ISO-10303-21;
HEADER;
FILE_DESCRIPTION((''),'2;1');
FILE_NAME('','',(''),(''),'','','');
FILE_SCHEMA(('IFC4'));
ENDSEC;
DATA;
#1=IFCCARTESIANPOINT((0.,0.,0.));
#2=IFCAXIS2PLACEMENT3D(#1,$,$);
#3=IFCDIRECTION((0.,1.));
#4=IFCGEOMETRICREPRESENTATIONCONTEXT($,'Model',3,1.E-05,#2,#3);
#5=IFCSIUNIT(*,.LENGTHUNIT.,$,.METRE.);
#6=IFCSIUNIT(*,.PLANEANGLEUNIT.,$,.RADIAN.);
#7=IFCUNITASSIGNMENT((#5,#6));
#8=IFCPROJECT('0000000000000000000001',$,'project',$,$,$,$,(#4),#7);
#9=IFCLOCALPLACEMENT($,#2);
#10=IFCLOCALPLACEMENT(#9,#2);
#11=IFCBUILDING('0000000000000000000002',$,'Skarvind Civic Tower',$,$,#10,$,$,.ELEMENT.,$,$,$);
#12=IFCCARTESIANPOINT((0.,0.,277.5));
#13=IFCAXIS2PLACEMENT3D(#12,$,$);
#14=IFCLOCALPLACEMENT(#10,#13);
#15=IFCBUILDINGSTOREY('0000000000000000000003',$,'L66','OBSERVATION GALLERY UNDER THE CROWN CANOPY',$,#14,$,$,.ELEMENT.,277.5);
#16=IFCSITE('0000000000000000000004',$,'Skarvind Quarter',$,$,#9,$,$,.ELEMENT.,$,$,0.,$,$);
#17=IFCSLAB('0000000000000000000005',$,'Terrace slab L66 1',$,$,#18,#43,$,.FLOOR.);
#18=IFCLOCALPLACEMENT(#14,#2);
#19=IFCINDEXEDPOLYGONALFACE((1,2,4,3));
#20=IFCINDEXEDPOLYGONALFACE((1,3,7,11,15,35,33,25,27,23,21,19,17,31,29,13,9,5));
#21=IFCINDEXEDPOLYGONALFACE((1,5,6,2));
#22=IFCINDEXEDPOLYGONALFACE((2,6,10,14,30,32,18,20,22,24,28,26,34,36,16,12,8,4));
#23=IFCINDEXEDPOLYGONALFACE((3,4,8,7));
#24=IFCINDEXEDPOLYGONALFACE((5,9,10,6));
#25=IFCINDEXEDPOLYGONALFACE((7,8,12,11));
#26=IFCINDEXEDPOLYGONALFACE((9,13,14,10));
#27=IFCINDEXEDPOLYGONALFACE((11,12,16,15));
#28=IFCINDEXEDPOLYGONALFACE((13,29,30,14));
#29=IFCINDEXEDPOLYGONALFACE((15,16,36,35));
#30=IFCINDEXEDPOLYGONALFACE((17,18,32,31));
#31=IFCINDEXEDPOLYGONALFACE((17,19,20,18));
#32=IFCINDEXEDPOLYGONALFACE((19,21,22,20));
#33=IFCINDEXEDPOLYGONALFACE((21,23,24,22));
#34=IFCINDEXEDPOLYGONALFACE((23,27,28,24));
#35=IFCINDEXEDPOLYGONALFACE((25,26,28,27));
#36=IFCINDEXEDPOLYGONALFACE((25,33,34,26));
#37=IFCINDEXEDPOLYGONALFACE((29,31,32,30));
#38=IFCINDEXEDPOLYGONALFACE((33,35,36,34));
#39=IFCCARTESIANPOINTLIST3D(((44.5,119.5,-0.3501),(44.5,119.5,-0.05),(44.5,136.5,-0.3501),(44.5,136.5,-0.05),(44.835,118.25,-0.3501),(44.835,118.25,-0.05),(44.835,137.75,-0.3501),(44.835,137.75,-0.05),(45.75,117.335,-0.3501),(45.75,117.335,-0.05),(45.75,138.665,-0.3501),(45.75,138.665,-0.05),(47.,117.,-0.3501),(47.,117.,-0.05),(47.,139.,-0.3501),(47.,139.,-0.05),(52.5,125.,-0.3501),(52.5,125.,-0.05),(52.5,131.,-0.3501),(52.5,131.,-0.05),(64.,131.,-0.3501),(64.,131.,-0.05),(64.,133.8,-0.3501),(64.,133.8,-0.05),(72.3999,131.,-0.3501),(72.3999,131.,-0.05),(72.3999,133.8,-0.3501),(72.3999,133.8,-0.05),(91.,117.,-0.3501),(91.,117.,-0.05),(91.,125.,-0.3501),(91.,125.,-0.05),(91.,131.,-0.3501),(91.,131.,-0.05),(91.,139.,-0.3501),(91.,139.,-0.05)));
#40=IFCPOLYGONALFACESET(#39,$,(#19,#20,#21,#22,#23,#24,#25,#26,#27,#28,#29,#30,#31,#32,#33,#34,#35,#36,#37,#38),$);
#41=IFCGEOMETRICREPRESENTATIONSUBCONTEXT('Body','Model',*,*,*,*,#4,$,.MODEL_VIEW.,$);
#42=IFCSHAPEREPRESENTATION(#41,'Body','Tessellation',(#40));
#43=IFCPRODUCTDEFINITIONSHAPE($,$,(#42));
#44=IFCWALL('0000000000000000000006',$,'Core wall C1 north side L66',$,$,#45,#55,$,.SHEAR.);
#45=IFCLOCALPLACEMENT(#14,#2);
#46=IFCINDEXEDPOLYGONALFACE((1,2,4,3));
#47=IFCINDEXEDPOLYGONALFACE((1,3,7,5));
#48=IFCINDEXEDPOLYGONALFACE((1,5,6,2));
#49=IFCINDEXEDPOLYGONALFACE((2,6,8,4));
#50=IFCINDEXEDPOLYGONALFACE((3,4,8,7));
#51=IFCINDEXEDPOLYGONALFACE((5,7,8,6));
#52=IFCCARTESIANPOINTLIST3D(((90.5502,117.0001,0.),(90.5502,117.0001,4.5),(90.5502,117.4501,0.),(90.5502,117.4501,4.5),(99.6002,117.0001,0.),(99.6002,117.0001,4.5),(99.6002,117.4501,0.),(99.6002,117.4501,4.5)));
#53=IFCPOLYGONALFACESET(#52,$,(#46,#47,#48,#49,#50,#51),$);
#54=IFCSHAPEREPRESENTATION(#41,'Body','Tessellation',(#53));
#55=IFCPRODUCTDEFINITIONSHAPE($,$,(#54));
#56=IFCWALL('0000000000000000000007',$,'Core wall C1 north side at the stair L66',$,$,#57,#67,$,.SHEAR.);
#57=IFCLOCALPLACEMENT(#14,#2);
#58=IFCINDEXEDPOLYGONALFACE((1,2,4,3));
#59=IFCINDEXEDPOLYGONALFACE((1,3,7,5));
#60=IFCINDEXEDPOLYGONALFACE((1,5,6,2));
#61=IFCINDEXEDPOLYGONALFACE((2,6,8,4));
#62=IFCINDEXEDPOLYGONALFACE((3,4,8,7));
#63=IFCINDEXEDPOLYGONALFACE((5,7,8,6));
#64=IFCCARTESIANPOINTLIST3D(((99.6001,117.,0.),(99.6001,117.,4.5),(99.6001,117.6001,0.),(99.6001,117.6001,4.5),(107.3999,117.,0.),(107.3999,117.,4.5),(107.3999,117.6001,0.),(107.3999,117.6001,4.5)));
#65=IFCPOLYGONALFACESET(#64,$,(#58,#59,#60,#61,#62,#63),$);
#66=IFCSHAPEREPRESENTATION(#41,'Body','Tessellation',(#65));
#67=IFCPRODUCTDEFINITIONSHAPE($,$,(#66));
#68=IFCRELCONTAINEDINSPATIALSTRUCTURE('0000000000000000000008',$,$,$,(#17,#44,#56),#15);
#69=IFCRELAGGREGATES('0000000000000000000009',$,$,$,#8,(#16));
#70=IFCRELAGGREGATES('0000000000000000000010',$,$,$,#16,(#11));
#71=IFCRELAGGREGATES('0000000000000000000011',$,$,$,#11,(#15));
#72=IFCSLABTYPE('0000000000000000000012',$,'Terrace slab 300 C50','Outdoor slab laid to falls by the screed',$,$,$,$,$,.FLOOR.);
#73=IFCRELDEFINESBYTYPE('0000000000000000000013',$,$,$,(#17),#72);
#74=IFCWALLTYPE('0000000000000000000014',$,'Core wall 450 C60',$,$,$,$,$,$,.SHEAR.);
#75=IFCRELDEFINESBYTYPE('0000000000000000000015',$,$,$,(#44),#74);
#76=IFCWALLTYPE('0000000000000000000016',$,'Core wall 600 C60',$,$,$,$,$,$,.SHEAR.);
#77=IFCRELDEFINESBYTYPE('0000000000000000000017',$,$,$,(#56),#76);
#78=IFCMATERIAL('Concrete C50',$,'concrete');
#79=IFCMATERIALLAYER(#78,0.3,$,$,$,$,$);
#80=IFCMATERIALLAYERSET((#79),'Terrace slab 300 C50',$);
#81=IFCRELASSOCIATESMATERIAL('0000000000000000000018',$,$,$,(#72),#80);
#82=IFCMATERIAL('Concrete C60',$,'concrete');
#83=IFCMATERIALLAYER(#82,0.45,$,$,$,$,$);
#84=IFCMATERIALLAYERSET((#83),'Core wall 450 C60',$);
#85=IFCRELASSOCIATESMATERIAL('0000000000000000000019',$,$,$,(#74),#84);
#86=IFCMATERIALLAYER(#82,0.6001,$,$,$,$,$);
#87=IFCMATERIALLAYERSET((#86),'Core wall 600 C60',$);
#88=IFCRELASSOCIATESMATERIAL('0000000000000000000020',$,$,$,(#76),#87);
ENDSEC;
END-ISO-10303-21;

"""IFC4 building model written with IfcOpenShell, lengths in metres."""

from ifc_helpers import new_model, si_unit, direction, frame, frame_2d, origin, place, context, subcontext, project, spatial, polyline, rectangle, outline, extrude, material, layer, layer_set, type_object, element, save


model = new_model("IFC4")

# Units and contexts
model_context = context("Model", 3, precision=1e-05, world=origin(), true_north=direction((0.0, 1.0)))
body_context = subcontext(model_context, "Body", "Model", "MODEL_VIEW")
ifc_project = project(units=[si_unit("LENGTHUNIT", "METRE"), si_unit("PLANEANGLEUNIT", "RADIAN")], contexts=[model_context])

# Site, building, storey
site_placement = place(None, origin())
site = spatial("IfcSite", under=ifc_project, at=site_placement, Name="Skarvind Quarter", CompositionType="ELEMENT", RefElevation=0.0)
building_placement = place(site_placement, origin())
building = spatial("IfcBuilding", under=site, at=building_placement, Name="Skarvind Civic Tower", CompositionType="ELEMENT")
storey_placement = place(building_placement, frame((0.0, 0.0, 277.5)))
storey = spatial("IfcBuildingStorey", under=building, at=storey_placement, Name="L66", Description="OBSERVATION GALLERY UNDER THE CROWN CANOPY", CompositionType="ELEMENT", Elevation=277.5)

# Shared definitions
ifc_material_1 = material(Name="Concrete C60", Category="concrete")

# Shared definitions
ifc_material_2 = material(Name="Concrete C50", Category="concrete")

# Slab
ifc_layer_1 = layer(ifc_material_2, 0.3)
ifc_layer_set_1 = layer_set([ifc_layer_1], Name="Terrace slab 300 C50")
slab_type_1 = type_object("IfcSlabType", Name="Terrace slab 300 C50", Description="Outdoor slab laid to falls by the screed", PredefinedType="FLOOR", material=ifc_layer_set_1)
slab_1_placement = place(storey_placement, frame((0.0, 0.0, -0.3501)))
element("IfcSlab", 1, at=slab_1_placement, inside=storey, type_object=slab_type_1, Name="Terrace slab L66 1", PredefinedType="FLOOR", context=body_context, shape_type="SweptSolid", body=[
    extrude(outline(polyline([(44.835, 118.25), (45.75, 117.335), (47.0, 117.0), (91.0, 117.0), (91.0, 125.0), (52.5, 125.0), (52.5, 131.0), (64.0, 131.0), (64.0, 133.8), (72.3999, 133.8), (72.3999, 131.0), (91.0, 131.0), (91.0, 139.0), (47.0, 139.0), (45.75, 138.665), (44.835, 137.75), (44.5, 136.5), (44.5, 119.5), (44.835, 118.25)])), origin(), (0.0, 0.0, 1.0), 0.3),
])

# Walls
ifc_layer_2 = layer(ifc_material_1, 0.45)
ifc_layer_set_2 = layer_set([ifc_layer_2], Name="Core wall 450 C60")
wall_type_1 = type_object("IfcWallType", Name="Core wall 450 C60", PredefinedType="SHEAR", material=ifc_layer_set_2)
wall_1_placement = place(storey_placement, frame((99.6001, 117.2251, 0.0), z_axis=(0.0, 0.0, 1.0), x_axis=(-1.0, 0.0, 0.0)))
element("IfcWall", 2, at=wall_1_placement, inside=storey, type_object=wall_type_1, Name="Core wall C1 north side L66", PredefinedType="SHEAR", context=body_context, shape_type="SweptSolid", body=[
    extrude(rectangle(XDim=9.05, YDim=0.45, at=frame_2d((4.5249, 0.0))), origin(), (0.0, 0.0, 1.0), 4.5),
])
ifc_layer_3 = layer(ifc_material_1, 0.6001)
ifc_layer_set_3 = layer_set([ifc_layer_3], Name="Core wall 600 C60")
wall_type_2 = type_object("IfcWallType", Name="Core wall 600 C60", PredefinedType="SHEAR", material=ifc_layer_set_3)
wall_2_placement = place(storey_placement, frame((107.3999, 117.3, 0.0), z_axis=(0.0, 0.0, 1.0), x_axis=(-1.0, 0.0, 0.0)))
element("IfcWall", 3, at=wall_2_placement, inside=storey, type_object=wall_type_2, Name="Core wall C1 north side at the stair L66", PredefinedType="SHEAR", context=body_context, shape_type="SweptSolid", body=[
    extrude(rectangle(XDim=7.7998, YDim=0.6001, at=frame_2d((3.8999, 0.0))), origin(), (0.0, 0.0, 1.0), 4.5),
])

save(model, "model.ifc")
